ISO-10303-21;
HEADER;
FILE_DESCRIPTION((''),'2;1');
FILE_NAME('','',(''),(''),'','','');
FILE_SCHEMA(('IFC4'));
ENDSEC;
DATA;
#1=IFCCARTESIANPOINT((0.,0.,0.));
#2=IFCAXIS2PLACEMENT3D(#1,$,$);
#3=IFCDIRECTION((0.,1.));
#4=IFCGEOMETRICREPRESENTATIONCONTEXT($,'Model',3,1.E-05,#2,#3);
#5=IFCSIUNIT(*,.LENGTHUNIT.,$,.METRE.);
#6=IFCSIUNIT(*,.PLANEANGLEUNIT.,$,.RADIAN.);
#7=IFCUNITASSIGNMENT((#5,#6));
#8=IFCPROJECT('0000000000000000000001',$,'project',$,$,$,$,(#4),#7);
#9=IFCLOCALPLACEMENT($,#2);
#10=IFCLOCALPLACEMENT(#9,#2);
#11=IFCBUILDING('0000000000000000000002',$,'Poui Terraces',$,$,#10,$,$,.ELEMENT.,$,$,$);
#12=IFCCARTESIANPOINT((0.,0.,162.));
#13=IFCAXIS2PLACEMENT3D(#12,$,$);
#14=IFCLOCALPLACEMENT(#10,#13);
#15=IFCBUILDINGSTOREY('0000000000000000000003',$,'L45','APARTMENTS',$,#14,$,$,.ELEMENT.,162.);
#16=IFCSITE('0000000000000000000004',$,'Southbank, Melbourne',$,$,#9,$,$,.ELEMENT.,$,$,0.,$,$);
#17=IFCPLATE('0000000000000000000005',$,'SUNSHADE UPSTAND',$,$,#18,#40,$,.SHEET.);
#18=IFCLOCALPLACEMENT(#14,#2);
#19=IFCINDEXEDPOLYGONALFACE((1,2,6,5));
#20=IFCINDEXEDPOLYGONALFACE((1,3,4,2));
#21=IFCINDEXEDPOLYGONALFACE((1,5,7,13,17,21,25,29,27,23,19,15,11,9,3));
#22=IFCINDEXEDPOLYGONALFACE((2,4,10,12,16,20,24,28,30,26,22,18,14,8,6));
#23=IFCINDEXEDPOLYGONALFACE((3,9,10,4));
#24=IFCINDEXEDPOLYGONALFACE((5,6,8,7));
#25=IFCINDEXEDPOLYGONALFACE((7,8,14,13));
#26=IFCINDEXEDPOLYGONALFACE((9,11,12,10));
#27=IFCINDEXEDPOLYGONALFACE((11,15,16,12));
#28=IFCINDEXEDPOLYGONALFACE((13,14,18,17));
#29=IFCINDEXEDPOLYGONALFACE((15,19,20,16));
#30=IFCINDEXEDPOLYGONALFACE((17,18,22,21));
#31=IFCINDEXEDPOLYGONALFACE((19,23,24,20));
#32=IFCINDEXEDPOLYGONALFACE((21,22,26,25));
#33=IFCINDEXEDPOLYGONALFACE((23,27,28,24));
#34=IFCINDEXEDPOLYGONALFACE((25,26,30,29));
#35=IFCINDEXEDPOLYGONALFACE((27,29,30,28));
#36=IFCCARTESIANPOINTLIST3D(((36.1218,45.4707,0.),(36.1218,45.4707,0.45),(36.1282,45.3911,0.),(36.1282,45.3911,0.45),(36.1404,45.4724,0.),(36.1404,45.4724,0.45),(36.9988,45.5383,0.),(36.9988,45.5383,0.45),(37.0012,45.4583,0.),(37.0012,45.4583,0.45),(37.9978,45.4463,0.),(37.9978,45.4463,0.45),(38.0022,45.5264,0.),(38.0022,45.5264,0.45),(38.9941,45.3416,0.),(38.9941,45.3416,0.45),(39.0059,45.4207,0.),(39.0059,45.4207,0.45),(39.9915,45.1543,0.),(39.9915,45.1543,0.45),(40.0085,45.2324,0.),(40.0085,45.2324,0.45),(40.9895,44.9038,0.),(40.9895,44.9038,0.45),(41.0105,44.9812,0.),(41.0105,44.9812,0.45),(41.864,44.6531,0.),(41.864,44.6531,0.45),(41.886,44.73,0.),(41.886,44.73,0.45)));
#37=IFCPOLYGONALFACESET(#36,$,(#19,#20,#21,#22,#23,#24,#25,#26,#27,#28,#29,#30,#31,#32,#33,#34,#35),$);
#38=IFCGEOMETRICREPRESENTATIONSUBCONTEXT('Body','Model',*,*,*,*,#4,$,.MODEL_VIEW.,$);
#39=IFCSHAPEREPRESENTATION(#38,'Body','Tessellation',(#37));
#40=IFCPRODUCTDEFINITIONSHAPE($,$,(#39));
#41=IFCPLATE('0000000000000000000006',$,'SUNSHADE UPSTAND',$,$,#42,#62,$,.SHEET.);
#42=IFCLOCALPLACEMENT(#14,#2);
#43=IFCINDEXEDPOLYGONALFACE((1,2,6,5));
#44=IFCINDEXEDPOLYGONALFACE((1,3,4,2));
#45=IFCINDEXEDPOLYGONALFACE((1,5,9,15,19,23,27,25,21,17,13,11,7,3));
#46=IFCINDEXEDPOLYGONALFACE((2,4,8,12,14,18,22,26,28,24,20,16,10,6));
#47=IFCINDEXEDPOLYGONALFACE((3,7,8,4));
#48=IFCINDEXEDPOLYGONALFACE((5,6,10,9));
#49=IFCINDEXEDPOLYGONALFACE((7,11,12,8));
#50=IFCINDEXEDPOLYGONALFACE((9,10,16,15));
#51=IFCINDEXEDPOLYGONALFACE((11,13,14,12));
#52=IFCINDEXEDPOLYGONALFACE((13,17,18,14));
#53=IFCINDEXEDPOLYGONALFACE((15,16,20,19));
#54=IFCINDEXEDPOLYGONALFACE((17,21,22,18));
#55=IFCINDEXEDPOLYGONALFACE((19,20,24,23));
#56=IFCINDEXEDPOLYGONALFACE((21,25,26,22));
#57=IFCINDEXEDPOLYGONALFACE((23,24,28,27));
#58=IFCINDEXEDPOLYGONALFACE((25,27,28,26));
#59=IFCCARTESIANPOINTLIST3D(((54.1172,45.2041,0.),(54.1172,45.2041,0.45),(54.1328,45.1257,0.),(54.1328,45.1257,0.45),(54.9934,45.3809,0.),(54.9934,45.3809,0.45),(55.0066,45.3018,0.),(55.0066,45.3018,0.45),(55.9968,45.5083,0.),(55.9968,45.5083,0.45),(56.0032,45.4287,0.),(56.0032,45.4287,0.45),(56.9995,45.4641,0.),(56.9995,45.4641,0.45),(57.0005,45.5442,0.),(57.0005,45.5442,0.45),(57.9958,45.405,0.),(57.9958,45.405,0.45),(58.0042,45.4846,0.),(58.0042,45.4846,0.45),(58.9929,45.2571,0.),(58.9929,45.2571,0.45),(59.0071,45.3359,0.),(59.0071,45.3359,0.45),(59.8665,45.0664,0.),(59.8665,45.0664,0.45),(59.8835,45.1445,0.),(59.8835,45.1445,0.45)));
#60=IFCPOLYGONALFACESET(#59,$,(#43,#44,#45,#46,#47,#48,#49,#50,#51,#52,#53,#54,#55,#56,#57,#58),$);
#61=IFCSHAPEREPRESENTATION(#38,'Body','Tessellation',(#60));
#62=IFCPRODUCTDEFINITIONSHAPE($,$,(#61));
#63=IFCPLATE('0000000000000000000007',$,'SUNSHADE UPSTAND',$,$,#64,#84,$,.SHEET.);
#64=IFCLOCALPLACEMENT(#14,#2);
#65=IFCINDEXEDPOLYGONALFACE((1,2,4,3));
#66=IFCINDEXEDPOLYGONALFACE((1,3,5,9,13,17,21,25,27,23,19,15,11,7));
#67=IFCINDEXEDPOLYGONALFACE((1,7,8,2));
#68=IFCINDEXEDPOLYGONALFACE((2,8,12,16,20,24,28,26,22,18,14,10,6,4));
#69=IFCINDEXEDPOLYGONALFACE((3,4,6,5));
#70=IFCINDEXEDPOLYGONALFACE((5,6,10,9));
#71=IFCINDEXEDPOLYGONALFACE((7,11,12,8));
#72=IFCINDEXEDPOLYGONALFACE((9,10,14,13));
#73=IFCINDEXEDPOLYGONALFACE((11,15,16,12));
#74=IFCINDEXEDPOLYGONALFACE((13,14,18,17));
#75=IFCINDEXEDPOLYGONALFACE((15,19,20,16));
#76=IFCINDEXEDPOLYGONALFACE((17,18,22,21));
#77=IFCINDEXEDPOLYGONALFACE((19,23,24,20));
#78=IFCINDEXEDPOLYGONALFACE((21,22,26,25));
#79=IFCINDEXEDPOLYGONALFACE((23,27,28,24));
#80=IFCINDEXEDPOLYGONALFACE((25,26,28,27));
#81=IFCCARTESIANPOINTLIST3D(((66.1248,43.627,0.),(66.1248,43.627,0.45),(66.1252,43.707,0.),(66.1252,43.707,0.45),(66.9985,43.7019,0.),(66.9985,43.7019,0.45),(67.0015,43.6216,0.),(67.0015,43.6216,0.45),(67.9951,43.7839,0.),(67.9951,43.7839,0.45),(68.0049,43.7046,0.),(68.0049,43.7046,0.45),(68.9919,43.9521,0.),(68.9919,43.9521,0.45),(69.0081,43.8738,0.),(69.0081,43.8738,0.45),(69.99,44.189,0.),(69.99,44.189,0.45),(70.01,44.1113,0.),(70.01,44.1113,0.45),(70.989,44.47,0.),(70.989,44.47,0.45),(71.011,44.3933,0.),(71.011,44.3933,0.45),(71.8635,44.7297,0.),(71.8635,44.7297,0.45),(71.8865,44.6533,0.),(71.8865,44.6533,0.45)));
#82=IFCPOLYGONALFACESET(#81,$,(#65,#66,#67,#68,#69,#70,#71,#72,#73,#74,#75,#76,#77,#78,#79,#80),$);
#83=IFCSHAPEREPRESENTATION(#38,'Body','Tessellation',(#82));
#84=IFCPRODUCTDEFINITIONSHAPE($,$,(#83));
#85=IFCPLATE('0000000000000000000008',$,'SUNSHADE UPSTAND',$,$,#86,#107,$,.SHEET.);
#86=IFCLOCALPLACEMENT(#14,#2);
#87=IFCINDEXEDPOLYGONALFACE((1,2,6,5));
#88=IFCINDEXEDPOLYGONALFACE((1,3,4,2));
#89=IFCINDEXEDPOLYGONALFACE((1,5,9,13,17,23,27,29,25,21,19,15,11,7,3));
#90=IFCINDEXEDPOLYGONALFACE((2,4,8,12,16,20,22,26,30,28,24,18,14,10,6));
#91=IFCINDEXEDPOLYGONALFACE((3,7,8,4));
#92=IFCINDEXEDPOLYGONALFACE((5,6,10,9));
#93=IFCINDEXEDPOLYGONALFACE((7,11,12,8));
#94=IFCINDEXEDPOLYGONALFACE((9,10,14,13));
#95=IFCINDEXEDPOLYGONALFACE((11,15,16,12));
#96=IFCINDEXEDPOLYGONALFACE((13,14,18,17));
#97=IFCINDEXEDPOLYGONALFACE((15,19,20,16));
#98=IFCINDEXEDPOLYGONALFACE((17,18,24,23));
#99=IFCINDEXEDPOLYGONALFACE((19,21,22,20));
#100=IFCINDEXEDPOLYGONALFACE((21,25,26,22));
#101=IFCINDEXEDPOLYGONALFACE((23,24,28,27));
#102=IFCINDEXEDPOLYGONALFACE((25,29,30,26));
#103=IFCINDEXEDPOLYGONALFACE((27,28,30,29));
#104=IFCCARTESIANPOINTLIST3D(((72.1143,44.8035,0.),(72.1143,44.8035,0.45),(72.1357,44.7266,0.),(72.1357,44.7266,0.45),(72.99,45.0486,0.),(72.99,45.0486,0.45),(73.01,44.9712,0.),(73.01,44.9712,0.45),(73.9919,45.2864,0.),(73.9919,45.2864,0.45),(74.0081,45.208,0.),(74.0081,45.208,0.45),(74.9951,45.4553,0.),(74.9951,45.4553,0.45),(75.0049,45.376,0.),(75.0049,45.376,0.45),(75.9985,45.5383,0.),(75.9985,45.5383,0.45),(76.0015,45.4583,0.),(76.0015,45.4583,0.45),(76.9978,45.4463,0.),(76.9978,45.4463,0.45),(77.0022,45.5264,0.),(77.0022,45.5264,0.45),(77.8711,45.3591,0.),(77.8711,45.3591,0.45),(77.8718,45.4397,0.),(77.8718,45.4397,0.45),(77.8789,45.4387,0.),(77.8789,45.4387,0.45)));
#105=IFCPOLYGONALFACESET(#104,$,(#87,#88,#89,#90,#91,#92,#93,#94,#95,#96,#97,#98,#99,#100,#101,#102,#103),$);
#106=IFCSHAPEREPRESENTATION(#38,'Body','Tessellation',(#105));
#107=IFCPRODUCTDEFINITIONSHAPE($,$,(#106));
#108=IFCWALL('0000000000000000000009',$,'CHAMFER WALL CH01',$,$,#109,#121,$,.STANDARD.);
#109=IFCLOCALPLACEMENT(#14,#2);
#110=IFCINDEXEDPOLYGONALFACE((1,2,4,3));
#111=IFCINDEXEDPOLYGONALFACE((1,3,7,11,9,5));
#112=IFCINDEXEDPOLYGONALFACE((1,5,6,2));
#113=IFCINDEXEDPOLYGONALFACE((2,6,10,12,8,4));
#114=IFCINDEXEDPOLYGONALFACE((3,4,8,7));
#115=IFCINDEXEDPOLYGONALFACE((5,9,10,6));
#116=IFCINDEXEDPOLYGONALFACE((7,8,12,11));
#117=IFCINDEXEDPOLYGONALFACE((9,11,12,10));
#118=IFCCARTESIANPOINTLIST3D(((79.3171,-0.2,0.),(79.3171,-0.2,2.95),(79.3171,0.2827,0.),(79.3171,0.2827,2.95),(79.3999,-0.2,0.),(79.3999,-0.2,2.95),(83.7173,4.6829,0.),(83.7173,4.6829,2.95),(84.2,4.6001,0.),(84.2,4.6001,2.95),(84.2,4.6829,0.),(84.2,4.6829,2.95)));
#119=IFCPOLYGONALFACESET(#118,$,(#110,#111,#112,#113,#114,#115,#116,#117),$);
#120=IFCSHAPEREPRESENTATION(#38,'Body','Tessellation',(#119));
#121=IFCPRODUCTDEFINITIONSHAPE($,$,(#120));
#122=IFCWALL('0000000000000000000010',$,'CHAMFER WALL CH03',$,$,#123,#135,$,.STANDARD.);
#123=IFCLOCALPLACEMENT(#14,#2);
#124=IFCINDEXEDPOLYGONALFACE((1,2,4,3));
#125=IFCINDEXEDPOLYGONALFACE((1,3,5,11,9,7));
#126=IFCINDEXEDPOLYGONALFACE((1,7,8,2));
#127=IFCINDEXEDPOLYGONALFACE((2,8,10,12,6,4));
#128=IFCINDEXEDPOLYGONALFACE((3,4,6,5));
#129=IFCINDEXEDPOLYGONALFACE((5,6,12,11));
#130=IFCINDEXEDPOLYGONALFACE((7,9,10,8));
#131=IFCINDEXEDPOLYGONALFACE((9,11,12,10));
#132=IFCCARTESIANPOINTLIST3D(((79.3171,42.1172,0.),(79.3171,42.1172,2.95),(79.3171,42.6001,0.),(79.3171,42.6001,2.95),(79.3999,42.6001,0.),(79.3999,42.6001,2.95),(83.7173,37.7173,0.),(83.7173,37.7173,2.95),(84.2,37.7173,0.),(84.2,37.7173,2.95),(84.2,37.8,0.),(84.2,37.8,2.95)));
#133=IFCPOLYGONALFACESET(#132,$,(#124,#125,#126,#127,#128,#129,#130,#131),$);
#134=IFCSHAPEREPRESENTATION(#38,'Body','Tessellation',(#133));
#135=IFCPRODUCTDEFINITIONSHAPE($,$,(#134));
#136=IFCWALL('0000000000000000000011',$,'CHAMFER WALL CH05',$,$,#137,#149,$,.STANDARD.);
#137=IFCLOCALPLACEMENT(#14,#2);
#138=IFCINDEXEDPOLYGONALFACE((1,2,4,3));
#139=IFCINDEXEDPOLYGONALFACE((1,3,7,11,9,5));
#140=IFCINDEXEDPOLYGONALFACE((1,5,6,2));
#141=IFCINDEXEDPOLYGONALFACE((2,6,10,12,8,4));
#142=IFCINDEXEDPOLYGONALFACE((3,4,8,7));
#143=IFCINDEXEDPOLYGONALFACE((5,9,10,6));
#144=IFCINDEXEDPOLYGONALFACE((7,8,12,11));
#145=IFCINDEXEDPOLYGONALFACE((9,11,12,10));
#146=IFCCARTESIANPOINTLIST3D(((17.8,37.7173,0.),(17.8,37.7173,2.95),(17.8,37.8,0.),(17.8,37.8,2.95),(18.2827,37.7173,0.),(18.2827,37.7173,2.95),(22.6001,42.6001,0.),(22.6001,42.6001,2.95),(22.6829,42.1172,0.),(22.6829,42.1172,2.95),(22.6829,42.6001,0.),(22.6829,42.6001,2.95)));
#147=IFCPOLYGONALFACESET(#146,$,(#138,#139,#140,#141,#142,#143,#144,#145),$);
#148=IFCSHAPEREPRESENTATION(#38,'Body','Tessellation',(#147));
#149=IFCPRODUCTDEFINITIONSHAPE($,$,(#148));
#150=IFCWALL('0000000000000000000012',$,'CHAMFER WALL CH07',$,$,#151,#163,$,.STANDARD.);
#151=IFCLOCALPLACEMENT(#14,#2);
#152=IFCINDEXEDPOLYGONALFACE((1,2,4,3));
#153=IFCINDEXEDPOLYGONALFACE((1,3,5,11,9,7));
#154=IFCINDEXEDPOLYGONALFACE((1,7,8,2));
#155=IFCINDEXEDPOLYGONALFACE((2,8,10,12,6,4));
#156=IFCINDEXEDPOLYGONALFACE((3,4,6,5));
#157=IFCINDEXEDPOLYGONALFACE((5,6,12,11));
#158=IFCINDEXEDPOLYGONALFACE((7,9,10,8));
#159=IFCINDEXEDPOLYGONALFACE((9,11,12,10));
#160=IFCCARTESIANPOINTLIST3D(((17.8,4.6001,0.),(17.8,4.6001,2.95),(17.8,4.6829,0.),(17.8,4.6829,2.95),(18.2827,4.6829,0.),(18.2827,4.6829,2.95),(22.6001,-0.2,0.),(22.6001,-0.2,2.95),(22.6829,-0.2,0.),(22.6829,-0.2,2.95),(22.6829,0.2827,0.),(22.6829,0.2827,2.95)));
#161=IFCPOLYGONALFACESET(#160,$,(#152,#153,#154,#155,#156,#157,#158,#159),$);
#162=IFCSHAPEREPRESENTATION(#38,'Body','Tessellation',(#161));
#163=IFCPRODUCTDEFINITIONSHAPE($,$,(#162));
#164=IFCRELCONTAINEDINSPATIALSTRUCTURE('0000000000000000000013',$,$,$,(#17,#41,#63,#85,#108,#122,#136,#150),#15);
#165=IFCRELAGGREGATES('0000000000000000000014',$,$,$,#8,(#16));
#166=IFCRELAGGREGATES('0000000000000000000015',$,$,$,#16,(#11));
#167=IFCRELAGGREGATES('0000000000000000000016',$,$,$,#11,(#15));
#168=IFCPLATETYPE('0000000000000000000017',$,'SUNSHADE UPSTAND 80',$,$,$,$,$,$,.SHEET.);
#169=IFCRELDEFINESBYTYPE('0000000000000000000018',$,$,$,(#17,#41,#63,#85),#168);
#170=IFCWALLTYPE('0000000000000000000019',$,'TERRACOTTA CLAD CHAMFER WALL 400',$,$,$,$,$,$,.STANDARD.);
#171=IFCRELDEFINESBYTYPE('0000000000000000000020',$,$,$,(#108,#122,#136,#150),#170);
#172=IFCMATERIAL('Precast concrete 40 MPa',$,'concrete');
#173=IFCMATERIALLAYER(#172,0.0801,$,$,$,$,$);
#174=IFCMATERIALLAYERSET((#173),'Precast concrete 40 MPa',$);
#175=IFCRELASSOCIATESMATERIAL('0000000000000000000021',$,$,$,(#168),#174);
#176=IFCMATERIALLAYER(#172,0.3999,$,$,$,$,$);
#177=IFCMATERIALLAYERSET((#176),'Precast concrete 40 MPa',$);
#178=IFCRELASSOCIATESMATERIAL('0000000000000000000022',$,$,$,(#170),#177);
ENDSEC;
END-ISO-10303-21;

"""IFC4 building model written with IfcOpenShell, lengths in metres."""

from ifc_helpers import new_model, si_unit, direction, frame, origin, place, context, subcontext, project, spatial, polyline, outline, extrude, material, layer, layer_set, type_object, element, save


model = new_model("IFC4")

# Units and contexts
model_context = context("Model", 3, precision=1e-05, world=origin(), true_north=direction((0.0, 1.0)))
body_context = subcontext(model_context, "Body", "Model", "MODEL_VIEW")
ifc_project = project(units=[si_unit("LENGTHUNIT", "METRE"), si_unit("PLANEANGLEUNIT", "RADIAN")], contexts=[model_context])

# Site, building, storey
site_placement = place(None, origin())
site = spatial("IfcSite", under=ifc_project, at=site_placement, Name="Southbank, Melbourne", CompositionType="ELEMENT", RefElevation=0.0)
building_placement = place(site_placement, origin())
building = spatial("IfcBuilding", under=site, at=building_placement, Name="Poui Terraces", CompositionType="ELEMENT")
storey_placement = place(building_placement, frame((0.0, 0.0, 162.0)))
storey = spatial("IfcBuildingStorey", under=building, at=storey_placement, Name="L45", Description="APARTMENTS", CompositionType="ELEMENT", Elevation=162.0)

# Shared definitions
ifc_material_1 = material(Name="Precast concrete 40 MPa", Category="concrete")

# Plates
ifc_layer_1 = layer(ifc_material_1, 0.0801)
ifc_layer_set_1 = layer_set([ifc_layer_1], Name="Precast concrete 40 MPa")
plate_type = type_object("IfcPlateType", Name="SUNSHADE UPSTAND 80", PredefinedType="SHEET", material=ifc_layer_set_1)
plate_1_placement = place(storey_placement, origin())
element("IfcPlate", 1, at=plate_1_placement, inside=storey, type_object=plate_type, Name="SUNSHADE UPSTAND", PredefinedType="SHEET", context=body_context, shape_type="SweptSolid", body=[
    extrude(outline(polyline([(36.9988, 45.5383), (36.1404, 45.4724), (36.1218, 45.4707), (36.1282, 45.3911), (37.0012, 45.4583), (37.9978, 45.4463), (38.9941, 45.3416), (39.9915, 45.1543), (40.9895, 44.9038), (41.864, 44.6531), (41.886, 44.73), (41.0105, 44.9812), (40.0085, 45.2324), (39.0059, 45.4207), (38.0022, 45.5264), (36.9988, 45.5383)])), origin(), (0.0, 0.0, 1.0), 0.45),
])
plate_2_placement = place(storey_placement, origin())
element("IfcPlate", 2, at=plate_2_placement, inside=storey, type_object=plate_type, Name="SUNSHADE UPSTAND", PredefinedType="SHEET", context=body_context, shape_type="SweptSolid", body=[
    extrude(outline(polyline([(54.9934, 45.3809), (54.1172, 45.2041), (54.1328, 45.1257), (55.0066, 45.3018), (56.0032, 45.4287), (56.9995, 45.4641), (57.9958, 45.405), (58.9929, 45.2571), (59.8665, 45.0664), (59.8835, 45.1445), (59.0071, 45.3359), (58.0042, 45.4846), (57.0005, 45.5442), (55.9968, 45.5083), (54.9934, 45.3809)])), origin(), (0.0, 0.0, 1.0), 0.45),
])
plate_3_placement = place(storey_placement, origin())
element("IfcPlate", 3, at=plate_3_placement, inside=storey, type_object=plate_type, Name="SUNSHADE UPSTAND", PredefinedType="SHEET", context=body_context, shape_type="SweptSolid", body=[
    extrude(outline(polyline([(66.9985, 43.7019), (66.1252, 43.707), (66.1248, 43.627), (67.0015, 43.6216), (68.0049, 43.7046), (69.0081, 43.8738), (70.01, 44.1113), (71.011, 44.3933), (71.8865, 44.6533), (71.8635, 44.7297), (70.989, 44.47), (69.99, 44.189), (68.9919, 43.9521), (67.9951, 43.7839), (66.9985, 43.7019)])), origin(), (0.0, 0.0, 1.0), 0.45),
])
plate_4_placement = place(storey_placement, origin())
element("IfcPlate", 4, at=plate_4_placement, inside=storey, type_object=plate_type, Name="SUNSHADE UPSTAND", PredefinedType="SHEET", context=body_context, shape_type="SweptSolid", body=[
    extrude(outline(polyline([(72.99, 45.0486), (72.1143, 44.8035), (72.1357, 44.7266), (73.01, 44.9712), (74.0081, 45.208), (75.0049, 45.376), (76.0015, 45.4583), (76.9978, 45.4463), (77.8711, 45.3591), (77.8789, 45.4387), (77.8718, 45.4397), (77.0022, 45.5264), (75.9985, 45.5383), (74.9951, 45.4553), (73.9919, 45.2864), (72.99, 45.0486)])), origin(), (0.0, 0.0, 1.0), 0.45),
])

# Walls
ifc_layer_2 = layer(ifc_material_1, 0.3999)
ifc_layer_set_2 = layer_set([ifc_layer_2], Name="Precast concrete 40 MPa")
wall_type = type_object("IfcWallType", Name="TERRACOTTA CLAD CHAMFER WALL 400", PredefinedType="STANDARD", material=ifc_layer_set_2)
wall_1_placement = place(storey_placement, origin())
element("IfcWall", 5, at=wall_1_placement, inside=storey, type_object=wall_type, Name="CHAMFER WALL CH01", PredefinedType="STANDARD", context=body_context, shape_type="SweptSolid", body=[
    extrude(outline(polyline([(79.3171, -0.2), (79.3999, -0.2), (84.2, 4.6001), (84.2, 4.6829), (83.7173, 4.6829), (79.3171, 0.2827), (79.3171, -0.2)])), origin(), (0.0, 0.0, 1.0), 2.95),
])
wall_2_placement = place(storey_placement, origin())
element("IfcWall", 6, at=wall_2_placement, inside=storey, type_object=wall_type, Name="CHAMFER WALL CH03", PredefinedType="STANDARD", context=body_context, shape_type="SweptSolid", body=[
    extrude(outline(polyline([(84.2, 37.7173), (84.2, 37.8), (79.3999, 42.6001), (79.3171, 42.6001), (79.3171, 42.1172), (83.7173, 37.7173), (84.2, 37.7173)])), origin(), (0.0, 0.0, 1.0), 2.95),
])
wall_3_placement = place(storey_placement, origin())
element("IfcWall", 7, at=wall_3_placement, inside=storey, type_object=wall_type, Name="CHAMFER WALL CH05", PredefinedType="STANDARD", context=body_context, shape_type="SweptSolid", body=[
    extrude(outline(polyline([(22.6829, 42.6001), (22.6001, 42.6001), (17.8, 37.8), (17.8, 37.7173), (18.2827, 37.7173), (22.6829, 42.1172), (22.6829, 42.6001)])), origin(), (0.0, 0.0, 1.0), 2.95),
])
wall_4_placement = place(storey_placement, origin())
element("IfcWall", 8, at=wall_4_placement, inside=storey, type_object=wall_type, Name="CHAMFER WALL CH07", PredefinedType="STANDARD", context=body_context, shape_type="SweptSolid", body=[
    extrude(outline(polyline([(17.8, 4.6829), (17.8, 4.6001), (22.6001, -0.2), (22.6829, -0.2), (22.6829, 0.2827), (18.2827, 4.6829), (17.8, 4.6829)])), origin(), (0.0, 0.0, 1.0), 2.95),
])

save(model, "model.ifc")
